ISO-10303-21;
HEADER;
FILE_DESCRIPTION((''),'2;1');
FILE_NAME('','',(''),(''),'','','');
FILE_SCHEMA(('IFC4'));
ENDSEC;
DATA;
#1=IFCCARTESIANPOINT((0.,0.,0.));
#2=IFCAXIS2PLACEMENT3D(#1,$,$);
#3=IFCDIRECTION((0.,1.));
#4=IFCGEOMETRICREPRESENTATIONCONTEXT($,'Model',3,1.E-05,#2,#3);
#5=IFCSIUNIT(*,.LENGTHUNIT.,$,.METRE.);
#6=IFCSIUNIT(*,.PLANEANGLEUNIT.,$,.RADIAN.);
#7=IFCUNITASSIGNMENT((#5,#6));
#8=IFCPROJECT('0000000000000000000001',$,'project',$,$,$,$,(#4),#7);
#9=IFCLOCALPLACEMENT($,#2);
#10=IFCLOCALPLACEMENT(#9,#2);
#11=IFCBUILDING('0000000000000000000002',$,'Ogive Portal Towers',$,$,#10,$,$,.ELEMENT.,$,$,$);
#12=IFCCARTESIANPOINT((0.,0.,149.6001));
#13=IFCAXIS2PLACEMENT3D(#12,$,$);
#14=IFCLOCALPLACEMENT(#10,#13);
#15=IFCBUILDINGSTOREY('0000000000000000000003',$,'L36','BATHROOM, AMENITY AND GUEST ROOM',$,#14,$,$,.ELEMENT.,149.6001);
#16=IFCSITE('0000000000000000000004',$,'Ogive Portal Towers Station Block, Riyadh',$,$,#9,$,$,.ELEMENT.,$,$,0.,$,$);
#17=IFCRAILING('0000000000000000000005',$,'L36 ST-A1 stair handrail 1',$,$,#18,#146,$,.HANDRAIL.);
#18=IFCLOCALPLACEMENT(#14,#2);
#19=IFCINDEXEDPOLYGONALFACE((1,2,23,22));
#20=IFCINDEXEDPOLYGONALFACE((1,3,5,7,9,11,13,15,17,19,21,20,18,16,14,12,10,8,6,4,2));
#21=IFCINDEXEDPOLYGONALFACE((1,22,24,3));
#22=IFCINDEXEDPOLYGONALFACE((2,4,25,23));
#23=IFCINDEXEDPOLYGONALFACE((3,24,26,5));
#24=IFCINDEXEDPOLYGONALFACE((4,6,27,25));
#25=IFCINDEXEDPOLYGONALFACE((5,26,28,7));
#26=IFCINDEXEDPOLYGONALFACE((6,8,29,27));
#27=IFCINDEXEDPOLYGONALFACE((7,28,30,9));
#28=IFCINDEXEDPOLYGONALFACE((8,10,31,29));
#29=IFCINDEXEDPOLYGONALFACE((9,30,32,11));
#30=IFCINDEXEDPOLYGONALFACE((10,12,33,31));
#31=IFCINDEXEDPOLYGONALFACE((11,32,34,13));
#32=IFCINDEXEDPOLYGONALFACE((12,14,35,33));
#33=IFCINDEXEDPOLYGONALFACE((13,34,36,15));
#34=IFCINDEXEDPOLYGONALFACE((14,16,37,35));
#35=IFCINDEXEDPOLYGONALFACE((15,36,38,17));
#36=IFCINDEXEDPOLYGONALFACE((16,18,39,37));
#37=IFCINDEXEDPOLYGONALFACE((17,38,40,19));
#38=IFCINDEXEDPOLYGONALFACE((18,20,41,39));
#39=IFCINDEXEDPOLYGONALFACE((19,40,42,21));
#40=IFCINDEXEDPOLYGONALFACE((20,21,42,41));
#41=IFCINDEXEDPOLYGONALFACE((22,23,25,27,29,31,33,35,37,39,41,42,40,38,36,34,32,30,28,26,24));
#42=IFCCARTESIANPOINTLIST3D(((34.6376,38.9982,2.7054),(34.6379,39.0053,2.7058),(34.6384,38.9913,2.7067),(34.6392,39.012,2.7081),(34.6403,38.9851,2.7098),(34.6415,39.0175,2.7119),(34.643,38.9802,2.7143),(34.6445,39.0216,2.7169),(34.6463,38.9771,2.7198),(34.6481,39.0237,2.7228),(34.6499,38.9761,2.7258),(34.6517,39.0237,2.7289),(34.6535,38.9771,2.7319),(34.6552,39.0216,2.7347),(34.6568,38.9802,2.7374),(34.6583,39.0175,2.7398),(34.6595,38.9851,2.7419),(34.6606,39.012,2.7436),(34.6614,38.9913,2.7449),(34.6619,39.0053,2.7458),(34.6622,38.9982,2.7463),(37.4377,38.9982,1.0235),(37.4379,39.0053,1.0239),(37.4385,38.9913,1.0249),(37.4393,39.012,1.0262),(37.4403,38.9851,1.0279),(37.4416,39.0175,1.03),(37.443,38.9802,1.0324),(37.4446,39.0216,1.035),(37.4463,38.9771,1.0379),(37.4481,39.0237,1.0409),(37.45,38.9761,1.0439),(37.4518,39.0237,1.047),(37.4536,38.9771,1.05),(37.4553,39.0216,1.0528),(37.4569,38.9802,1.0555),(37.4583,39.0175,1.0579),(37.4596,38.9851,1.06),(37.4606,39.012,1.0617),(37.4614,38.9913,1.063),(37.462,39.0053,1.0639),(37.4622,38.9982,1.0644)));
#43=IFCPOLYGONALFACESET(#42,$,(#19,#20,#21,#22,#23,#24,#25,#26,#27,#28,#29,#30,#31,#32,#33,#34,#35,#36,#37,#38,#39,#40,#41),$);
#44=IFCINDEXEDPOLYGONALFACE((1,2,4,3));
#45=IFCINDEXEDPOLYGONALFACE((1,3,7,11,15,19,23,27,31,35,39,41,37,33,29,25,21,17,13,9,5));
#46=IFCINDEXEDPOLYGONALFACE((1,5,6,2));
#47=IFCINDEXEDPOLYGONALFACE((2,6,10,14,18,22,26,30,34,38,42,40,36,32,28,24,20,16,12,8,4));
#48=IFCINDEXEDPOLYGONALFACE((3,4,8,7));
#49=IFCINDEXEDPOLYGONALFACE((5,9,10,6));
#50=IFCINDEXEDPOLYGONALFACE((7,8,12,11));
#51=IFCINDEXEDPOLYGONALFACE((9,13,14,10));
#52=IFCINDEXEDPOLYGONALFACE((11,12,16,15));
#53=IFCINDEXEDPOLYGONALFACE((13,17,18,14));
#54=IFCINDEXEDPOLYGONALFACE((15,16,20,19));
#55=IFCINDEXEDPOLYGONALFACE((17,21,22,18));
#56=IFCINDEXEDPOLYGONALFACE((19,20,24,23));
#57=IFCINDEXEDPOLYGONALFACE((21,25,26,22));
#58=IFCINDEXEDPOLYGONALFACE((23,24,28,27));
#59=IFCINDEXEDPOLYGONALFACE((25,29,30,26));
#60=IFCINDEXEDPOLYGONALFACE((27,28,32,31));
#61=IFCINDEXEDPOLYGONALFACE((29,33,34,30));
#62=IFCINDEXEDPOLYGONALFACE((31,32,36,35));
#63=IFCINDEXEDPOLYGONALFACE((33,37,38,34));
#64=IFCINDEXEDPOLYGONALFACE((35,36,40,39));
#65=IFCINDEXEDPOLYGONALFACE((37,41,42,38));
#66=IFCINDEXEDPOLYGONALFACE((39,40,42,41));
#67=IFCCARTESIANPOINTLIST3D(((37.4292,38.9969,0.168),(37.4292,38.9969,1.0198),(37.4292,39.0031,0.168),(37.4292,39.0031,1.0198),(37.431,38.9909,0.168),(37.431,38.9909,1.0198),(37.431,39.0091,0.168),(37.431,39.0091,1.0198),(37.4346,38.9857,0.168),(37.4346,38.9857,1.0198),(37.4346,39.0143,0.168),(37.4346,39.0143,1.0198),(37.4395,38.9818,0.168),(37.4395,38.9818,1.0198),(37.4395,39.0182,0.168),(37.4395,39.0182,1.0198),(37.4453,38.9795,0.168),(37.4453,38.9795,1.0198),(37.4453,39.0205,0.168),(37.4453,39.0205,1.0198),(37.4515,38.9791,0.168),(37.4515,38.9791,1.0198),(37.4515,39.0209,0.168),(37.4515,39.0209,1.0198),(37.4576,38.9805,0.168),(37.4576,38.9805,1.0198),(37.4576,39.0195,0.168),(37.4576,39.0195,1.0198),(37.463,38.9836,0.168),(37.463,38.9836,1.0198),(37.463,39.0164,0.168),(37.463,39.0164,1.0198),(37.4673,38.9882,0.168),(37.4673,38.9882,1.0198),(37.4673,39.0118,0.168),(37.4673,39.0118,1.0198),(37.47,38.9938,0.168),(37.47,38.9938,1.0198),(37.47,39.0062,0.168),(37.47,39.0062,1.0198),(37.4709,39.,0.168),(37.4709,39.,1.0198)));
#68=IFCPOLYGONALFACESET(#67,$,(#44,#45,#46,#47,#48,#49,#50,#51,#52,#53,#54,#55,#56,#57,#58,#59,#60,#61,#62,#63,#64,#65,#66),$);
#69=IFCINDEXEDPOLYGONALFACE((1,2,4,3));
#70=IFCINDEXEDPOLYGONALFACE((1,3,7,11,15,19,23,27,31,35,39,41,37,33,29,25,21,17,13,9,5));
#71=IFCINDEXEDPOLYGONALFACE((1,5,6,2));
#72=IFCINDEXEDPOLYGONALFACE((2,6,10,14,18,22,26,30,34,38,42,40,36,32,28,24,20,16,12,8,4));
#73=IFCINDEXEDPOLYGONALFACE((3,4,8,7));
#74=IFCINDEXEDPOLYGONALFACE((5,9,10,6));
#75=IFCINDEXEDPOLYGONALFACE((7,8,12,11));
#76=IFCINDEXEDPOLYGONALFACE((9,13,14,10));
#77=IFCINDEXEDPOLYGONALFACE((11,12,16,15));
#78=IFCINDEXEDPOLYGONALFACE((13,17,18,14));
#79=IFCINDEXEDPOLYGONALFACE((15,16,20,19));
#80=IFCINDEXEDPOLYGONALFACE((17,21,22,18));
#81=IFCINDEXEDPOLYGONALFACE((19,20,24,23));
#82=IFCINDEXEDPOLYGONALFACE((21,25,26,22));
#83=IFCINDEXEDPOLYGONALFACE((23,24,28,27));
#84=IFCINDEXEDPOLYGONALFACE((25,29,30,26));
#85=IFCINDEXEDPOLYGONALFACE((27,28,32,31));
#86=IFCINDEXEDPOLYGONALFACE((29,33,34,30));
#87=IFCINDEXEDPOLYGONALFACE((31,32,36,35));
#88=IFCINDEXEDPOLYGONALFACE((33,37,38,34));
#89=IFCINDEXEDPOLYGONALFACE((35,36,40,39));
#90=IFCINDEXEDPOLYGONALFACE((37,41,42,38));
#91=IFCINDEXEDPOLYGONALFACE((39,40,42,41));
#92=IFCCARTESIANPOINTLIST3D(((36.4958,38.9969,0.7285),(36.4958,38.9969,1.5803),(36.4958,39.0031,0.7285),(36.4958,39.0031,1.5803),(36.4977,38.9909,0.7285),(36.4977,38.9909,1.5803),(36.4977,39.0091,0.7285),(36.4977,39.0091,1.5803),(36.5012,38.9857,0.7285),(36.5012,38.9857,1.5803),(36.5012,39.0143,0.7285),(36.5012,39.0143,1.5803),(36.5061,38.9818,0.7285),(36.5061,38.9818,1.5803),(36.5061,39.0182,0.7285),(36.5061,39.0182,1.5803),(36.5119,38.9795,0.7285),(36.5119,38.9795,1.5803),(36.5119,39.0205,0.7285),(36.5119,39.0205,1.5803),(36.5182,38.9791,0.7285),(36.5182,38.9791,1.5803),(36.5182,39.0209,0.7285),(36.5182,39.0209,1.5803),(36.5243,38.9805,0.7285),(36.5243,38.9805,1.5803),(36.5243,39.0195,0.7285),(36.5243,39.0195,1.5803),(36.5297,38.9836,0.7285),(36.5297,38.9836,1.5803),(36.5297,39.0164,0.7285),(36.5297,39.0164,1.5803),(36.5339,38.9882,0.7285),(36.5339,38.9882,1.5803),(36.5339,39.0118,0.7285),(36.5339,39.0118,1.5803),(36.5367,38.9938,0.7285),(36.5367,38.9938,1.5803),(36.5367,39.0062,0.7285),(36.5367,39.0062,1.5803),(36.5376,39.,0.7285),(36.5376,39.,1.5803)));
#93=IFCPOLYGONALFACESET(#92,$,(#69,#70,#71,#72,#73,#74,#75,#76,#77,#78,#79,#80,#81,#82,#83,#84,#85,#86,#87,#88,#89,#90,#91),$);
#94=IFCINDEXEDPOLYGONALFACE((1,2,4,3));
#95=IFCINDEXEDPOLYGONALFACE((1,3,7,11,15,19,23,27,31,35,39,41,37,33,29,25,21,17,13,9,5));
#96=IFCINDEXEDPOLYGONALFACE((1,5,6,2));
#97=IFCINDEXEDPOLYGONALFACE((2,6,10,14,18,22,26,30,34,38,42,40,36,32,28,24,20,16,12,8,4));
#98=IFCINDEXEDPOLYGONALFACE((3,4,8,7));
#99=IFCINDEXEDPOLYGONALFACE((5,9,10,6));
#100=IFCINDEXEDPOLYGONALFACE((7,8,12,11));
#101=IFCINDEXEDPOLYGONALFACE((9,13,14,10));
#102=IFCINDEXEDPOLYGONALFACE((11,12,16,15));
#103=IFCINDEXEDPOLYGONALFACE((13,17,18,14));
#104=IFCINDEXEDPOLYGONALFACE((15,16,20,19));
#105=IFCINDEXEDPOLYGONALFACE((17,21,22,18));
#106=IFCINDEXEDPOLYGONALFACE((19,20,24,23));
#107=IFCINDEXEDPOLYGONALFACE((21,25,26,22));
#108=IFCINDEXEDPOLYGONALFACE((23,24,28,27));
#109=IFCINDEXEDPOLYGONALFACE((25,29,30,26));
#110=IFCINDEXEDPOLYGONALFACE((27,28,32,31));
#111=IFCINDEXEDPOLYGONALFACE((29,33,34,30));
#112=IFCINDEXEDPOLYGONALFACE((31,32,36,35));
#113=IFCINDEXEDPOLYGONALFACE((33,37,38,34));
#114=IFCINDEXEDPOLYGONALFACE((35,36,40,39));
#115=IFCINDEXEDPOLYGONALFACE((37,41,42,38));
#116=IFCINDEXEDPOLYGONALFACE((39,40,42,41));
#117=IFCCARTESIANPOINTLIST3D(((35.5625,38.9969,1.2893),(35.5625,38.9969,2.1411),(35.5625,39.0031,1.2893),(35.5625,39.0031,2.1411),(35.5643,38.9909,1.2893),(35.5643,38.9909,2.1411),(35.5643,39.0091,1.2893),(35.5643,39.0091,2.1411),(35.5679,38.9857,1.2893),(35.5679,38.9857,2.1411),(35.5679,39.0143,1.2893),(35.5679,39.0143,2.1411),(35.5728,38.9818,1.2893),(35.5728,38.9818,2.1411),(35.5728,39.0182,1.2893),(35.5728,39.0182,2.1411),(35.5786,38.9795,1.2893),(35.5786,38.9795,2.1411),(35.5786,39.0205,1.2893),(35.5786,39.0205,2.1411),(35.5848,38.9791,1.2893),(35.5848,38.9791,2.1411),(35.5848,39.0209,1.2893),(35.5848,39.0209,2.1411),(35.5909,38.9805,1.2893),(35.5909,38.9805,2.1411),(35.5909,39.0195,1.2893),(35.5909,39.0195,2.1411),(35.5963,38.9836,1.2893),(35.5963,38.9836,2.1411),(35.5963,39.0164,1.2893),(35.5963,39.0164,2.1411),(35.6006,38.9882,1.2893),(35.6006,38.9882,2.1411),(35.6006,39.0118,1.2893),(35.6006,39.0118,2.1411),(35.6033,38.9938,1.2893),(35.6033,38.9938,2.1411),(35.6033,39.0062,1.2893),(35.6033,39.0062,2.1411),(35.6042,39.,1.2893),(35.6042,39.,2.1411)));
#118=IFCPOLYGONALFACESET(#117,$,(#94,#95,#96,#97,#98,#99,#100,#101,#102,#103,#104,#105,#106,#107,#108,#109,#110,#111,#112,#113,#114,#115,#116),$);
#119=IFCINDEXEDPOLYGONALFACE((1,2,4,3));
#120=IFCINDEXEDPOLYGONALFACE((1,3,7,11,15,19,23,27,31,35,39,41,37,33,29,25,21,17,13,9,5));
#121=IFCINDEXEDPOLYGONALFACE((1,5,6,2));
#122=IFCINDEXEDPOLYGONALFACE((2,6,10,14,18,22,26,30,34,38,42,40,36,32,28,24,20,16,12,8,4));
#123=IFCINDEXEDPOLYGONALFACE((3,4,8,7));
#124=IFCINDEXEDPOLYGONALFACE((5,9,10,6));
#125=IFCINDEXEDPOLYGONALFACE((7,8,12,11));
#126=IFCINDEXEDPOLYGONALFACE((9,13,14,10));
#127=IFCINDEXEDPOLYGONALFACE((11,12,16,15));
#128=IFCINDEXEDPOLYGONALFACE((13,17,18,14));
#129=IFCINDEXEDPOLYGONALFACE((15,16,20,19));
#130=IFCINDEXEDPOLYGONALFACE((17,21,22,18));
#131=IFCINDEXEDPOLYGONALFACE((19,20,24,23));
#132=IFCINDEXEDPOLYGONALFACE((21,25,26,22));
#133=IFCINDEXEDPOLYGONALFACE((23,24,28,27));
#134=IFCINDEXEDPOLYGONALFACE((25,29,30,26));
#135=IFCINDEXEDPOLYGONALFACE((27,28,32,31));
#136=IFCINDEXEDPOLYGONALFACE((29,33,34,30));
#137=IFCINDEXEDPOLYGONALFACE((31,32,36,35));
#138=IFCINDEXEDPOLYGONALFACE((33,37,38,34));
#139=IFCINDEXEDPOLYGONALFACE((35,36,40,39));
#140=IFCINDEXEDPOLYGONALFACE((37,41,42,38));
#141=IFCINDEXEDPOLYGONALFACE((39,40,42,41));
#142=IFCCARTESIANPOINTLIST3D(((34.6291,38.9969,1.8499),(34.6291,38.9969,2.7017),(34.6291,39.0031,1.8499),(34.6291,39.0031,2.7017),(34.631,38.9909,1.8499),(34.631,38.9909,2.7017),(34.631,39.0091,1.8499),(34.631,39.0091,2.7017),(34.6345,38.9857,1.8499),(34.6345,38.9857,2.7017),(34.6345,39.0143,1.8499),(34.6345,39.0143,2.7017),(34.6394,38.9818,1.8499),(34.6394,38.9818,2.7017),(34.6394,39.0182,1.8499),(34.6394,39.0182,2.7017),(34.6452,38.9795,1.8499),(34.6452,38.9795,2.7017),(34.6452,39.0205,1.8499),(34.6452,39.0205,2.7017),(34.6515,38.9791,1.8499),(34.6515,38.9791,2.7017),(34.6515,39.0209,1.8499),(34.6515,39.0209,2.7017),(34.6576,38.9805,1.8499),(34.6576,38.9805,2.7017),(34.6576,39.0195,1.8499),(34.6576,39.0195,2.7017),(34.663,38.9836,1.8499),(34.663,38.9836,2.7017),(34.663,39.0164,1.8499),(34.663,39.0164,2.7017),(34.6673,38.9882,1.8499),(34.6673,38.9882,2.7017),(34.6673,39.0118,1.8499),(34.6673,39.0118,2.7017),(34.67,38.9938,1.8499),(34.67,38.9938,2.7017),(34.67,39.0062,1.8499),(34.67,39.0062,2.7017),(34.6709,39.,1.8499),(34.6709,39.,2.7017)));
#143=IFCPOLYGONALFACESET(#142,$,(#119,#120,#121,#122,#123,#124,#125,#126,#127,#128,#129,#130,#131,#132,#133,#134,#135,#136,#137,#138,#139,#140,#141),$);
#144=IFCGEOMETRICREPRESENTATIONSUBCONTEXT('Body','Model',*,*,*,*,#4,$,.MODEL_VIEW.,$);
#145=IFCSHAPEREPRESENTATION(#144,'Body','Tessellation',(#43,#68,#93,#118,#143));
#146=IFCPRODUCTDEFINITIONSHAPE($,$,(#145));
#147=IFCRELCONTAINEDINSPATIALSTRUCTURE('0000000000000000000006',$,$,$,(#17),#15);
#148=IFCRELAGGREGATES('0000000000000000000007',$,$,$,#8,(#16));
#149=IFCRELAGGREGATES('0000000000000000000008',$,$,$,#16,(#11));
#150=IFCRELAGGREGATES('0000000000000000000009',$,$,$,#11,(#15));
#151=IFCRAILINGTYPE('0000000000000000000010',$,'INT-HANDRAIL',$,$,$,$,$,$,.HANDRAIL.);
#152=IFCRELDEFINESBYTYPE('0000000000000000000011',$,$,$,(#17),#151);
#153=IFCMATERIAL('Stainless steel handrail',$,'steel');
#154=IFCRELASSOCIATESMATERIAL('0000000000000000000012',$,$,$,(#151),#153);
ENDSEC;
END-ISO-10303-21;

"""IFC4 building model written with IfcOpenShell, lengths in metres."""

from ifc_helpers import new_model, si_unit, direction, frame, origin, origin_2d, place, context, subcontext, project, spatial, circle, extrude, material, type_object, element, save


model = new_model("IFC4")

# Units and contexts
model_context = context("Model", 3, precision=1e-05, world=origin(), true_north=direction((0.0, 1.0)))
body_context = subcontext(model_context, "Body", "Model", "MODEL_VIEW")
ifc_project = project(units=[si_unit("LENGTHUNIT", "METRE"), si_unit("PLANEANGLEUNIT", "RADIAN")], contexts=[model_context])

# Site, building, storey
site_placement = place(None, origin())
site = spatial("IfcSite", under=ifc_project, at=site_placement, Name="Ogive Portal Towers Station Block, Riyadh", CompositionType="ELEMENT", RefElevation=0.0)
building_placement = place(site_placement, origin())
building = spatial("IfcBuilding", under=site, at=building_placement, Name="Ogive Portal Towers", CompositionType="ELEMENT")
storey_placement = place(building_placement, frame((0.0, 0.0, 149.6001)))
storey = spatial("IfcBuildingStorey", under=building, at=storey_placement, Name="L36", Description="BATHROOM, AMENITY AND GUEST ROOM", CompositionType="ELEMENT", Elevation=149.6001)

# Railing
ifc_material_1 = material(Name="Stainless steel handrail", Category="steel")
railing_type_1 = type_object("IfcRailingType", Name="INT-HANDRAIL", PredefinedType="HANDRAIL", material=ifc_material_1)
railing_1_placement = place(storey_placement, frame((37.45, 39.0, 0.168)))
element("IfcRailing", 1, at=railing_1_placement, inside=storey, type_object=railing_type_1, Name="L36 ST-A1 stair handrail 1", PredefinedType="HANDRAIL", context=body_context, shape_type="SweptSolid", body=[
    extrude(circle(Radius=0.0239, at=origin_2d()), frame((0.0, 0.0, 0.876), z_axis=(-0.857242, 0.0, 0.514913), x_axis=(0.0, -1.0, 0.0)), (0.0, 0.0, 1.0), 3.2664),
    extrude(circle(Radius=0.021, at=origin_2d()), origin(), (0.0, 0.0, 1.0), 0.8518),
    extrude(circle(Radius=0.021, at=origin_2d()), frame((-0.9333, 0.0, 0.5605)), (0.0, 0.0, 1.0), 0.8518),
    extrude(circle(Radius=0.021, at=origin_2d()), frame((-1.8667, 0.0, 1.1213)), (0.0, 0.0, 1.0), 0.8518),
    extrude(circle(Radius=0.021, at=origin_2d()), frame((-2.8, 0.0, 1.6819)), (0.0, 0.0, 1.0), 0.8518),
])

save(model, "model.ifc")
